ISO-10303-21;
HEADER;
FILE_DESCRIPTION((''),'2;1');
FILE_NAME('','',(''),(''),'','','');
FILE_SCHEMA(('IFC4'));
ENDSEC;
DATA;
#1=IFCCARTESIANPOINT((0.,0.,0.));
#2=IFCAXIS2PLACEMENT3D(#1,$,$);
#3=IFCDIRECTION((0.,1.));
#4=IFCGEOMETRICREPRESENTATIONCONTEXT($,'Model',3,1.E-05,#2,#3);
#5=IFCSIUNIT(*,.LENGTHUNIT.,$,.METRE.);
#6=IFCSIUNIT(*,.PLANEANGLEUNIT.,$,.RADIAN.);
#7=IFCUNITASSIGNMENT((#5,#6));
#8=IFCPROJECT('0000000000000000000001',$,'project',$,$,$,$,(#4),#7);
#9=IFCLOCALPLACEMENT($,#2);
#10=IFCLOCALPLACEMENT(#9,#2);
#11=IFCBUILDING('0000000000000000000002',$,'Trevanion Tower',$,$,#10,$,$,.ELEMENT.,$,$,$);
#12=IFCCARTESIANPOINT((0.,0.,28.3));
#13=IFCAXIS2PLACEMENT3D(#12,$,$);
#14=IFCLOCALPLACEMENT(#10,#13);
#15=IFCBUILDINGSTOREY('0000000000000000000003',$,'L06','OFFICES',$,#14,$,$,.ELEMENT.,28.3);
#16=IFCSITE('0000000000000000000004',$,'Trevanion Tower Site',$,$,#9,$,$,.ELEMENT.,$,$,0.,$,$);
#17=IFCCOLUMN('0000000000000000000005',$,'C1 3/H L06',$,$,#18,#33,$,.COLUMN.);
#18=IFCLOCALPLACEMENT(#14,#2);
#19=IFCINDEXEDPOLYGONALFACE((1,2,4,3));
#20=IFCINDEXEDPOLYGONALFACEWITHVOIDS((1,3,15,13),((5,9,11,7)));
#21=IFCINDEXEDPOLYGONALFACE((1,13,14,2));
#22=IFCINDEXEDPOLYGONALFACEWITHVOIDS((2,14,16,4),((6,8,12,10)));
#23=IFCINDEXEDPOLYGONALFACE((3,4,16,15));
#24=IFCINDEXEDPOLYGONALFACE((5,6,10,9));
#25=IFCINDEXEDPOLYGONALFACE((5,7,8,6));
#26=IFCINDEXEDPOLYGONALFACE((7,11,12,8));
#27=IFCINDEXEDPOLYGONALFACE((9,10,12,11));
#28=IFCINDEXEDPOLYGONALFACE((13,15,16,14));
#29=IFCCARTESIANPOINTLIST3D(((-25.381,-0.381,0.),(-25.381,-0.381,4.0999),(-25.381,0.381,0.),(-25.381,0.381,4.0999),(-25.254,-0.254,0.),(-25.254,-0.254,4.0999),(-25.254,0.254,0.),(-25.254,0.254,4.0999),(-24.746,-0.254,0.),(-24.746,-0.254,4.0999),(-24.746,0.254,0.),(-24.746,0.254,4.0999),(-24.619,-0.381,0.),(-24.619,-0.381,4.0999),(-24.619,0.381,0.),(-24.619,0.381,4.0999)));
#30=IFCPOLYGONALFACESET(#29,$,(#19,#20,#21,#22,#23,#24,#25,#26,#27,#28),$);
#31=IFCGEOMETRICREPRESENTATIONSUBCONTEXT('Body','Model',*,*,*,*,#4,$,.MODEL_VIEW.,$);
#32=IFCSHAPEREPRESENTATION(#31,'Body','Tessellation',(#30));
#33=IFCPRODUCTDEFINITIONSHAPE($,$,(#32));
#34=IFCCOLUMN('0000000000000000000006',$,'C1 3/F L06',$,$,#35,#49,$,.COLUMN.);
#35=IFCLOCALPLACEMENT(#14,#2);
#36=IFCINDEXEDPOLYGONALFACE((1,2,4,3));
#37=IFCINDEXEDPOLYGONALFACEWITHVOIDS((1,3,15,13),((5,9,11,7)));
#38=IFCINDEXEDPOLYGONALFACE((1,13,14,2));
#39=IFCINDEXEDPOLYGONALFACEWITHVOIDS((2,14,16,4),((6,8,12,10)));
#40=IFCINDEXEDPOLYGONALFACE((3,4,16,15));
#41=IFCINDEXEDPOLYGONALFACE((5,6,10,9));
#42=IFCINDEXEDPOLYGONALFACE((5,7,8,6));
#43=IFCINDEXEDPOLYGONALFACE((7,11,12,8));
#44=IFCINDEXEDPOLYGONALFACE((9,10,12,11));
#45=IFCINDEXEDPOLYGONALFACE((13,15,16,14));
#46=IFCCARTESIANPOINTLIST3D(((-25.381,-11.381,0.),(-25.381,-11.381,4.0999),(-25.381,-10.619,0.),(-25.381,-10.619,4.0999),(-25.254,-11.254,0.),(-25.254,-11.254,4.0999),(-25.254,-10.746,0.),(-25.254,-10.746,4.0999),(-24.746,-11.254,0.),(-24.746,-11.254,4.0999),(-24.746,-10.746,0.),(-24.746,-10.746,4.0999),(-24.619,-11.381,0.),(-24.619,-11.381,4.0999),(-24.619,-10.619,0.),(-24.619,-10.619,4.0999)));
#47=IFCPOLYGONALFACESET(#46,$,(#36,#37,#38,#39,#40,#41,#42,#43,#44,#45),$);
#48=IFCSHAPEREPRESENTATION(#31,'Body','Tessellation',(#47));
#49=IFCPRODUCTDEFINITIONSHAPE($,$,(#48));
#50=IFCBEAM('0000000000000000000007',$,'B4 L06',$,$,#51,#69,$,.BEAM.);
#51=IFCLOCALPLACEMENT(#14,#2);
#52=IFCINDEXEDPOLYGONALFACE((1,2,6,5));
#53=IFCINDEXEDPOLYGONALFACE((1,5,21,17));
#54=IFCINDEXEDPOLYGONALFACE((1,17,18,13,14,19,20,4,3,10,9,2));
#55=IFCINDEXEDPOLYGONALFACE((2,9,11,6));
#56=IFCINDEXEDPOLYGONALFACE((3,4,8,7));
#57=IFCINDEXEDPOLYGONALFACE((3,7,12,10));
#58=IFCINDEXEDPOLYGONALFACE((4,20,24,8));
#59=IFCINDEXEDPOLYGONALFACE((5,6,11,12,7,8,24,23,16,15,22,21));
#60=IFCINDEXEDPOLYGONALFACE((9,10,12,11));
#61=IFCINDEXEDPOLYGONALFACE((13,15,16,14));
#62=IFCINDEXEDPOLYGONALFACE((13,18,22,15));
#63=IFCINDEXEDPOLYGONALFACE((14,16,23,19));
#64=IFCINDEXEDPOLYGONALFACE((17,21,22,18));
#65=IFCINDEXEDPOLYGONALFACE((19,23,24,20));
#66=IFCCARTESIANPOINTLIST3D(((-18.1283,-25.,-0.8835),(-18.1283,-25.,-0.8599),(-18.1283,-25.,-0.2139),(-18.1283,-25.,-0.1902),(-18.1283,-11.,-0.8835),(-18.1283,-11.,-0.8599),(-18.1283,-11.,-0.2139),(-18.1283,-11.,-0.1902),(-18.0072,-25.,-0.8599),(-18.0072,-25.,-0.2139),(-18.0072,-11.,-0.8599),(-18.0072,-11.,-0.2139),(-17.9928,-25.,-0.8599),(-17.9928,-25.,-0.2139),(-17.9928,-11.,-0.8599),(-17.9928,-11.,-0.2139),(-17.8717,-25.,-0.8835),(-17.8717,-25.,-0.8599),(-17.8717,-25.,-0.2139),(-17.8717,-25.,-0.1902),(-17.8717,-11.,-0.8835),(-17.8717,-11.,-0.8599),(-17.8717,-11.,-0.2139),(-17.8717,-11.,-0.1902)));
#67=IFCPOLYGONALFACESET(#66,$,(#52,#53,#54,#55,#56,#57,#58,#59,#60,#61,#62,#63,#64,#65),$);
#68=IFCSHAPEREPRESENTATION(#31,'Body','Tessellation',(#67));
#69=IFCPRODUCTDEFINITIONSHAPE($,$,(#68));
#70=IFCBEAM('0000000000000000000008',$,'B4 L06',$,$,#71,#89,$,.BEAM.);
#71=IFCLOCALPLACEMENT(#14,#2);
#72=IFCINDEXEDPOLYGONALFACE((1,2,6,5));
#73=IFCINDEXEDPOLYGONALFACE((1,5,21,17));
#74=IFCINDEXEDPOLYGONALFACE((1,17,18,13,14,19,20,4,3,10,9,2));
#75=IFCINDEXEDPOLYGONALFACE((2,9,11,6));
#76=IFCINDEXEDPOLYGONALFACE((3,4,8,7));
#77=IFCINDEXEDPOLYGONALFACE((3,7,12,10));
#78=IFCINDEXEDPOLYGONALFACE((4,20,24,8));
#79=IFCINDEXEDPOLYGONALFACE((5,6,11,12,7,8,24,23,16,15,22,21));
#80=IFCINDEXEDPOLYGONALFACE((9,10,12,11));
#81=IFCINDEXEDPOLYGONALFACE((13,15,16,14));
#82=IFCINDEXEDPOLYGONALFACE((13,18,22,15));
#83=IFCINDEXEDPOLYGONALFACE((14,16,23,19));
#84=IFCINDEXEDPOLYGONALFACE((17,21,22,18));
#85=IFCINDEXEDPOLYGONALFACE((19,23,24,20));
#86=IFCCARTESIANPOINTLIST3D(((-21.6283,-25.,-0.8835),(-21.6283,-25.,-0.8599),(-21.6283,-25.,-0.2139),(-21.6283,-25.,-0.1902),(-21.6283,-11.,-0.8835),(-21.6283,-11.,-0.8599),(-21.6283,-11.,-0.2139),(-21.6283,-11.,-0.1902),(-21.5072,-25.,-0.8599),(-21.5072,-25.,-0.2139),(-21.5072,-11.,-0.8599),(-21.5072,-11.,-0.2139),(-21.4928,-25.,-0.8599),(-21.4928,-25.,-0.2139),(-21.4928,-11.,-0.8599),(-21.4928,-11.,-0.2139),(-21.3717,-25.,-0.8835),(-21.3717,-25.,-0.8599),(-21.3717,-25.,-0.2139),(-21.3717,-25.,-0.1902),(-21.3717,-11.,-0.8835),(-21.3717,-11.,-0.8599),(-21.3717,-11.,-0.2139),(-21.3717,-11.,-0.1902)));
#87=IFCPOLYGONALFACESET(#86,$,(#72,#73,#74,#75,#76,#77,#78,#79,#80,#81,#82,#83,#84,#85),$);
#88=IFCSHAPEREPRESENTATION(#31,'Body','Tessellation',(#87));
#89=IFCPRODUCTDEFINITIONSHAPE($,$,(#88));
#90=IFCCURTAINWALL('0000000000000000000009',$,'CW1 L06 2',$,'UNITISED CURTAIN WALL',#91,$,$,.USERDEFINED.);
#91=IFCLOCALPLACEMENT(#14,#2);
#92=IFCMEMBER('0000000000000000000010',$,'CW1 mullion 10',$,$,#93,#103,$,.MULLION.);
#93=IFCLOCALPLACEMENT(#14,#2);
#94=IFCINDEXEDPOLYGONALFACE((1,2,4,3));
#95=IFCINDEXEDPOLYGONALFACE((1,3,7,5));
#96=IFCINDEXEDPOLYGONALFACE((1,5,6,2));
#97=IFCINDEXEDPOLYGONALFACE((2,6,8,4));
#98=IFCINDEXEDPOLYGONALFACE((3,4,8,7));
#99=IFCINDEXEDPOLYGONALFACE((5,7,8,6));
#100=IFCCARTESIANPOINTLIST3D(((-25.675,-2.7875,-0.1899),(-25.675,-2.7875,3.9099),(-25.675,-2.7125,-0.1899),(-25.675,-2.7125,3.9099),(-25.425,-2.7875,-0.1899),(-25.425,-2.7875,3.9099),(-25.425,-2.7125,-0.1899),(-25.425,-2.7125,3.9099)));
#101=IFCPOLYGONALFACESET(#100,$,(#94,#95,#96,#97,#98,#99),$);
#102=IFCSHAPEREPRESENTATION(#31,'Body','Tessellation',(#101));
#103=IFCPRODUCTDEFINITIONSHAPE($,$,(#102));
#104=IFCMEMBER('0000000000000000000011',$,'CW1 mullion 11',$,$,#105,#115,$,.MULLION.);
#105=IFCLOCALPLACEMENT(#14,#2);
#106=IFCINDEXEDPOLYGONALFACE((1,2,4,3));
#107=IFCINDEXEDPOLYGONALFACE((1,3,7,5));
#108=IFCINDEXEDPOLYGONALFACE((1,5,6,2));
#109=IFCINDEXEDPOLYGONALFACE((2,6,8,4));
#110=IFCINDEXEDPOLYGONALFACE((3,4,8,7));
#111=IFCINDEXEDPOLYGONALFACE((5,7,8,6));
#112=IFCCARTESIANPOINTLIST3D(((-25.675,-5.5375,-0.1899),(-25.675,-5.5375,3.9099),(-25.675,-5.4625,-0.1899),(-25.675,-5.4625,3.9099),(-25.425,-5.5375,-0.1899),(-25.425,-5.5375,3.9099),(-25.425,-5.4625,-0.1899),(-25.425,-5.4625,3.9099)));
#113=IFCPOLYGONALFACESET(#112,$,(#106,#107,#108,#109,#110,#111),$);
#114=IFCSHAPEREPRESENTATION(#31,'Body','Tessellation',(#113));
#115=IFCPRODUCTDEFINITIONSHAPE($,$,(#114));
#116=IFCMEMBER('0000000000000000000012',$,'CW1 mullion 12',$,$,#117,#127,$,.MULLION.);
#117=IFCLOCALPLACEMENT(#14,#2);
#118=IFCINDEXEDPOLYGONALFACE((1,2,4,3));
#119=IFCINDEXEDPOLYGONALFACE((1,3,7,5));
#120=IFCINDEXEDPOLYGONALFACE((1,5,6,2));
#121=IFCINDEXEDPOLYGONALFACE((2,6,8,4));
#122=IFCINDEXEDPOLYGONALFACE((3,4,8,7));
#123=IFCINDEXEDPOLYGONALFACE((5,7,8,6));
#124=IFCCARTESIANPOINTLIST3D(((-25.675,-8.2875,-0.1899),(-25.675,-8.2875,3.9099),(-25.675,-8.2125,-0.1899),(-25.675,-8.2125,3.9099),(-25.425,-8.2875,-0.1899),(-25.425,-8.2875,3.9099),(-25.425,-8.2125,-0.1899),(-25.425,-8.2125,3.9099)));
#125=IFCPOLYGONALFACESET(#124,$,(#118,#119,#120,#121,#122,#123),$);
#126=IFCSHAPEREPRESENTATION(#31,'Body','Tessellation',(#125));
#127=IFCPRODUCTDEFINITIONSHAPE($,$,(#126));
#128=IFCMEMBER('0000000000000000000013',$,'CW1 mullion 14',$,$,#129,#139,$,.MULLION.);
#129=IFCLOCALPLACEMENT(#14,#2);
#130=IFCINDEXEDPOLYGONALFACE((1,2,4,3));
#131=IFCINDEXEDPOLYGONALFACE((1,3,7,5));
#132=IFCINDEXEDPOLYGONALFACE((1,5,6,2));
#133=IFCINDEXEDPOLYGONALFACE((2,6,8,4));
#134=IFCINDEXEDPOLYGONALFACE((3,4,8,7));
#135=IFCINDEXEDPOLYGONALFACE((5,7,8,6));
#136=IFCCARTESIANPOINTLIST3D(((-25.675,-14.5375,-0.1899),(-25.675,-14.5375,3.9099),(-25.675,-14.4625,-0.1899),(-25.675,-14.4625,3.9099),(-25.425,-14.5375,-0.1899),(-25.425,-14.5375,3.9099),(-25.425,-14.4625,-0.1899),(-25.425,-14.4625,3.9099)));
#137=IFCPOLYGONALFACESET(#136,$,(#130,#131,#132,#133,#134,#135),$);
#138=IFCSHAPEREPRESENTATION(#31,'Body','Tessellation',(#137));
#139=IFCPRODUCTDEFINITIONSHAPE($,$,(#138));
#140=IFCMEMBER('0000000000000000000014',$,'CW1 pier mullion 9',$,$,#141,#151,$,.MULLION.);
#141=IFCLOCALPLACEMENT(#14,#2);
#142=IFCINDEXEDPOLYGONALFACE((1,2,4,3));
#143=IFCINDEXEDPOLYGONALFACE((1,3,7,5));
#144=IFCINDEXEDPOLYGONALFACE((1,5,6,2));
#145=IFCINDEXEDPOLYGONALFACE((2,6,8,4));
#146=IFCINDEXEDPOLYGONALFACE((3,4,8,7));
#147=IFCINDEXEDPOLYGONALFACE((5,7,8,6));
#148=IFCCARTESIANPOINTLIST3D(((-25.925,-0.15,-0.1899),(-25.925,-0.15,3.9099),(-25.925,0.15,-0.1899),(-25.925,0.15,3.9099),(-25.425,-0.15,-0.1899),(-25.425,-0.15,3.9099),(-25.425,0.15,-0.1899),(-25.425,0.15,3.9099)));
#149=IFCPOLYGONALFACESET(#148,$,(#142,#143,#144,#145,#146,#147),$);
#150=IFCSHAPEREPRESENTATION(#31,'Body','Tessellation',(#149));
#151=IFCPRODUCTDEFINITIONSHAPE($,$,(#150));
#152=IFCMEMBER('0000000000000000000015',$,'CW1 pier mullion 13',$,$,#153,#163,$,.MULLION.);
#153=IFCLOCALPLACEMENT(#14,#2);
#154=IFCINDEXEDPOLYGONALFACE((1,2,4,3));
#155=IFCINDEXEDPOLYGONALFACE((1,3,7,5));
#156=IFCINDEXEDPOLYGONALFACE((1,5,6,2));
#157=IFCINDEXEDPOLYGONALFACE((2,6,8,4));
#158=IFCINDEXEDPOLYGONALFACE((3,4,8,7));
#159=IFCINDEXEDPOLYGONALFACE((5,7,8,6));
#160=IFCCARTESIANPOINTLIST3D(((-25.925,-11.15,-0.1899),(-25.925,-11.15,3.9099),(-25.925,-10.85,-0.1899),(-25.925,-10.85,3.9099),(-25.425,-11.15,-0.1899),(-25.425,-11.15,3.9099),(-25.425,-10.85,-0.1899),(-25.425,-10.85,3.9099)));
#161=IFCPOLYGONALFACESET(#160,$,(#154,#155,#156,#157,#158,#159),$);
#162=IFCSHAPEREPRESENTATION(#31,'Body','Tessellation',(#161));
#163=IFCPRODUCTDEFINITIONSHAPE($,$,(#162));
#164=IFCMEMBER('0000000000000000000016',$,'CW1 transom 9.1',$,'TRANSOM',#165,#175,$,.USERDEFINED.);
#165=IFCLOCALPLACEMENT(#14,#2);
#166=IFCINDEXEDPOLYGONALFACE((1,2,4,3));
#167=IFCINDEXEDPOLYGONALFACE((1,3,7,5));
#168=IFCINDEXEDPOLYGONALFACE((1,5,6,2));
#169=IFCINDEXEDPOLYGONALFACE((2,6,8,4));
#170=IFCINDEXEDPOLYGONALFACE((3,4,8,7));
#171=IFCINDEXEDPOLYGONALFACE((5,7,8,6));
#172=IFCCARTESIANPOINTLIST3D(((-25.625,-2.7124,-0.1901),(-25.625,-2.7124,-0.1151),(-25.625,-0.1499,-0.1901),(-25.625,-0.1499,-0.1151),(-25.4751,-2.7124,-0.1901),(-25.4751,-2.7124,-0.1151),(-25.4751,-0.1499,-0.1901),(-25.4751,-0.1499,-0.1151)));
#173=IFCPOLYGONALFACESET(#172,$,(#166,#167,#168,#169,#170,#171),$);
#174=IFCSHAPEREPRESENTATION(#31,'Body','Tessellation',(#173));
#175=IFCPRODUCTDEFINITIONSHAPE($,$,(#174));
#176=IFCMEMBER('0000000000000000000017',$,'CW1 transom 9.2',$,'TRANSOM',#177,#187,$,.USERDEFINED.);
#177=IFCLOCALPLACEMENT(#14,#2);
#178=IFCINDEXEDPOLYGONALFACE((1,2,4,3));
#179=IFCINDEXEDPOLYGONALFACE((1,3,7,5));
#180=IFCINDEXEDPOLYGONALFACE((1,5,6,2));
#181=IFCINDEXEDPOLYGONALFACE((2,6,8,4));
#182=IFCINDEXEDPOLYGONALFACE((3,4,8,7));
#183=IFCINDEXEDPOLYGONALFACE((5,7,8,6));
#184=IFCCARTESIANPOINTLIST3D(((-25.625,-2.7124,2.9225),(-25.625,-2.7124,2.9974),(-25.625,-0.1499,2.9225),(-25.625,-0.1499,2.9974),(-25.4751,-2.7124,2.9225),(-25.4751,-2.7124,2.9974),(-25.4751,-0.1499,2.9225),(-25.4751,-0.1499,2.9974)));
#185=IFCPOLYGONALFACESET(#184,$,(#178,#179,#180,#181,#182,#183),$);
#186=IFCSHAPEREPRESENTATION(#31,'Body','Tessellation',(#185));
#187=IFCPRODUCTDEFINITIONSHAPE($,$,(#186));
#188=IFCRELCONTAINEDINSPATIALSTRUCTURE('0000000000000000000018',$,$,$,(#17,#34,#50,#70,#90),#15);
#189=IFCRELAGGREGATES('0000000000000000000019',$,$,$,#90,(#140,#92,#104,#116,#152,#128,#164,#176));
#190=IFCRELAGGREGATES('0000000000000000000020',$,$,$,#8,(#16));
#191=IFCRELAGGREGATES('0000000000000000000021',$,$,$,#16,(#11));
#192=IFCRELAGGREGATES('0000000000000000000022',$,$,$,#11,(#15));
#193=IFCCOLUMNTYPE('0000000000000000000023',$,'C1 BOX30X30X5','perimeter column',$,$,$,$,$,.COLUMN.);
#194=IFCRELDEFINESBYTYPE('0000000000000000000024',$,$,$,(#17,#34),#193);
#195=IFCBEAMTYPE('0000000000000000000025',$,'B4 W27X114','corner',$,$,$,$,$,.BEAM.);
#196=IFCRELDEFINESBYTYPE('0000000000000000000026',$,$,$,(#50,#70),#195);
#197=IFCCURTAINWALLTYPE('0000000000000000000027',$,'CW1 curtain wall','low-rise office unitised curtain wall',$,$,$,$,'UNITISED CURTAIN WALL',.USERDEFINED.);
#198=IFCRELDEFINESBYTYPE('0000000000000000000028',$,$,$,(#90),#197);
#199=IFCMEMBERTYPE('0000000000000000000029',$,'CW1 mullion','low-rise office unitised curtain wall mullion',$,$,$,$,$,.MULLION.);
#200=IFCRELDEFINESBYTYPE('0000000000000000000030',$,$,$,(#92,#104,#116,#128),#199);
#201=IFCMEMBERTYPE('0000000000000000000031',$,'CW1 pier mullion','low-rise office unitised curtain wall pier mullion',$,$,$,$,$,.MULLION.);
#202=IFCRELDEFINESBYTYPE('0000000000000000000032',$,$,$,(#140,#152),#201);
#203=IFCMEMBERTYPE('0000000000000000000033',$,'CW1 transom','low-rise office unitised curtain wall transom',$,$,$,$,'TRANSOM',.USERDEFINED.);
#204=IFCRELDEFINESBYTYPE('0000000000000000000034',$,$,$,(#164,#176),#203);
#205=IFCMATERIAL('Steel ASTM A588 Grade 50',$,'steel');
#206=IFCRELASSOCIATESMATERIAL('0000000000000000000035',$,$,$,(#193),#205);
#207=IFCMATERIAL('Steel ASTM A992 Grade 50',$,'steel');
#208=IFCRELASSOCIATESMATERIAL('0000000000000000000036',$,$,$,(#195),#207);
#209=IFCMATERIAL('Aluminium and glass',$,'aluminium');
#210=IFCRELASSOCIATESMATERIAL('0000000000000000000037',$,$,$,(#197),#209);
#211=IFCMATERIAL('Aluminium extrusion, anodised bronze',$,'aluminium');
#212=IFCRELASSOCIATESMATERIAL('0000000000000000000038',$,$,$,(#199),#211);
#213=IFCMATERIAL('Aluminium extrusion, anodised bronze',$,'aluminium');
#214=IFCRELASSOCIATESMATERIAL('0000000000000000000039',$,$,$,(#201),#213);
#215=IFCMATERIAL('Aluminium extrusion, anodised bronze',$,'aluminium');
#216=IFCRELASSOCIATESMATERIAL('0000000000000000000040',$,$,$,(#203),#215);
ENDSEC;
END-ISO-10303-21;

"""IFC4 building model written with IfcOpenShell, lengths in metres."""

from ifc_helpers import new_model, si_unit, direction, frame, origin, origin_2d, place, context, subcontext, project, spatial, rectangle, hollow_rectangle, i_section, extrude, material, material_profile, profile_set, type_object, element, aggregate, save


model = new_model("IFC4")

# Units and contexts
model_context = context("Model", 3, precision=1e-05, world=origin(), true_north=direction((0.0, 1.0)))
body_context = subcontext(model_context, "Body", "Model", "MODEL_VIEW")
ifc_project = project(units=[si_unit("LENGTHUNIT", "METRE"), si_unit("PLANEANGLEUNIT", "RADIAN")], contexts=[model_context])

# Site, building, storey
site_placement = place(None, origin())
site = spatial("IfcSite", under=ifc_project, at=site_placement, Name="Trevanion Tower Site", CompositionType="ELEMENT", RefElevation=0.0)
building_placement = place(site_placement, origin())
building = spatial("IfcBuilding", under=site, at=building_placement, Name="Trevanion Tower", CompositionType="ELEMENT")
storey_placement = place(building_placement, frame((0.0, 0.0, 28.3)))
storey = spatial("IfcBuildingStorey", under=building, at=storey_placement, Name="L06", Description="OFFICES", CompositionType="ELEMENT", Elevation=28.3)

# Columns
ifc_material_1 = material(Name="Steel ASTM A588 Grade 50", Category="steel")
ifc_material_profile_1 = material_profile(ifc_material_1, hollow_rectangle(XDim=0.762, YDim=0.762, WallThickness=0.127, at=origin_2d()), Name="BOX30X30X5")
ifc_profile_set_1 = profile_set([ifc_material_profile_1], Name="Steel ASTM A588 Grade 50")
column_type = type_object("IfcColumnType", Name="C1 BOX30X30X5", Description="perimeter column", PredefinedType="COLUMN", material=ifc_profile_set_1)
for number, where, z_axis, x_axis, name in (
    (1, (-25.0, 0.0, 0.0), (0.0, 0.0, 1.0), (0.0, 1.0, 0.0), "C1 3/H L06"),
    (2, (-25.0, -11.0, 0.0), (0.0, 0.0, 1.0), (0.0, 1.0, 0.0), "C1 3/F L06"),
):
    element("IfcColumn", number, at=place(storey_placement, frame(where, z_axis=z_axis, x_axis=x_axis)), inside=storey, type_object=column_type, Name=name, PredefinedType="COLUMN", context=body_context, shape_type="SweptSolid", body=[
        extrude(hollow_rectangle(XDim=0.762, YDim=0.762, WallThickness=0.127, at=origin_2d()), origin(), (0.0, 0.0, 1.0), 4.0999),
    ])

# Beams
ifc_material_2 = material(Name="Steel ASTM A992 Grade 50", Category="steel")
ifc_material_profile_2 = material_profile(ifc_material_2, i_section(OverallWidth=0.2566, OverallDepth=0.6934, WebThickness=0.0144, FlangeThickness=0.0237, at=origin_2d()), Name="W27X114")
ifc_profile_set_2 = profile_set([ifc_material_profile_2], Name="Steel ASTM A992 Grade 50")
beam_type_1 = type_object("IfcBeamType", Name="B4 W27X114", Description="corner", PredefinedType="BEAM", material=ifc_profile_set_2)
for number, where, z_axis, x_axis, name in (
    (3, (-18.0, -11.0, -0.5369), (0.0, -1.0, 0.0), (1.0, 0.0, 0.0), "B4 L06"),
    (4, (-21.5, -11.0, -0.5369), (0.0, -1.0, 0.0), (1.0, 0.0, 0.0), "B4 L06"),
):
    element("IfcBeam", number, at=place(storey_placement, frame(where, z_axis=z_axis, x_axis=x_axis)), inside=storey, type_object=beam_type_1, Name=name, PredefinedType="BEAM", context=body_context, shape_type="SweptSolid", body=[
        extrude(i_section(OverallWidth=0.2566, OverallDepth=0.6934, WebThickness=0.0144, FlangeThickness=0.0237, at=origin_2d()), origin(), (0.0, 0.0, 1.0), 14.0),
    ])

# Curtain wall, members
ifc_material_3 = material(Name="Aluminium and glass", Category="aluminium")
curtain_wall_type = type_object("IfcCurtainWallType", Name="CW1 curtain wall", Description="low-rise office unitised curtain wall", ElementType="UNITISED CURTAIN WALL", PredefinedType="USERDEFINED", material=ifc_material_3)
curtain_wall_placement = place(storey_placement, origin())
curtain_wall = element("IfcCurtainWall", 5, at=curtain_wall_placement, inside=storey, type_object=curtain_wall_type, Name="CW1 L06 2", ObjectType="UNITISED CURTAIN WALL", PredefinedType="USERDEFINED")
ifc_material_4 = material(Name="Aluminium extrusion, anodised bronze", Category="aluminium")
ifc_material_profile_3 = material_profile(ifc_material_4, rectangle(XDim=0.075, YDim=0.25, at=origin_2d()), Name="CW1 mullion")
ifc_profile_set_3 = profile_set([ifc_material_profile_3], Name="Aluminium extrusion, anodised bronze")
member_type_1 = type_object("IfcMemberType", Name="CW1 mullion", Description="low-rise office unitised curtain wall mullion", PredefinedType="MULLION", material=ifc_profile_set_3)
member_1_placement = place(storey_placement, frame((-25.55, -2.75, -0.1899), z_axis=(0.0, 0.0, 1.0), x_axis=(0.0, -1.0, 0.0)))
member_1 = element("IfcMember", 6, at=member_1_placement, type_object=member_type_1, Name="CW1 mullion 10", PredefinedType="MULLION", context=body_context, shape_type="SweptSolid", body=[
    extrude(rectangle(XDim=0.075, YDim=0.25, at=origin_2d()), origin(), (0.0, 0.0, 1.0), 4.0999),
])
member_2_placement = place(storey_placement, frame((-25.55, -5.5, -0.1899), z_axis=(0.0, 0.0, 1.0), x_axis=(0.0, -1.0, 0.0)))
member_2 = element("IfcMember", 7, at=member_2_placement, type_object=member_type_1, Name="CW1 mullion 11", PredefinedType="MULLION", context=body_context, shape_type="SweptSolid", body=[
    extrude(rectangle(XDim=0.075, YDim=0.25, at=origin_2d()), origin(), (0.0, 0.0, 1.0), 4.0999),
])
member_3_placement = place(storey_placement, frame((-25.55, -8.25, -0.1899), z_axis=(0.0, 0.0, 1.0), x_axis=(0.0, -1.0, 0.0)))
member_3 = element("IfcMember", 8, at=member_3_placement, type_object=member_type_1, Name="CW1 mullion 12", PredefinedType="MULLION", context=body_context, shape_type="SweptSolid", body=[
    extrude(rectangle(XDim=0.075, YDim=0.25, at=origin_2d()), origin(), (0.0, 0.0, 1.0), 4.0999),
])
member_4_placement = place(storey_placement, frame((-25.55, -14.5, -0.1899), z_axis=(0.0, 0.0, 1.0), x_axis=(0.0, -1.0, 0.0)))
member_4 = element("IfcMember", 9, at=member_4_placement, type_object=member_type_1, Name="CW1 mullion 14", PredefinedType="MULLION", context=body_context, shape_type="SweptSolid", body=[
    extrude(rectangle(XDim=0.075, YDim=0.25, at=origin_2d()), origin(), (0.0, 0.0, 1.0), 4.0999),
])
ifc_material_5 = material(Name="Aluminium extrusion, anodised bronze", Category="aluminium")
ifc_material_profile_4 = material_profile(ifc_material_5, rectangle(XDim=0.3, YDim=0.5, at=origin_2d()), Name="CW1 pier mullion")
ifc_profile_set_4 = profile_set([ifc_material_profile_4], Name="Aluminium extrusion, anodised bronze")
member_type_2 = type_object("IfcMemberType", Name="CW1 pier mullion", Description="low-rise office unitised curtain wall pier mullion", PredefinedType="MULLION", material=ifc_profile_set_4)
member_5_placement = place(storey_placement, frame((-25.675, 0.0, -0.1899), z_axis=(0.0, 0.0, 1.0), x_axis=(0.0, -1.0, 0.0)))
member_5 = element("IfcMember", 10, at=member_5_placement, type_object=member_type_2, Name="CW1 pier mullion 9", PredefinedType="MULLION", context=body_context, shape_type="SweptSolid", body=[
    extrude(rectangle(XDim=0.3, YDim=0.5, at=origin_2d()), origin(), (0.0, 0.0, 1.0), 4.0999),
])
member_6_placement = place(storey_placement, frame((-25.675, -11.0, -0.1899), z_axis=(0.0, 0.0, 1.0), x_axis=(0.0, -1.0, 0.0)))
member_6 = element("IfcMember", 11, at=member_6_placement, type_object=member_type_2, Name="CW1 pier mullion 13", PredefinedType="MULLION", context=body_context, shape_type="SweptSolid", body=[
    extrude(rectangle(XDim=0.3, YDim=0.5, at=origin_2d()), origin(), (0.0, 0.0, 1.0), 4.0999),
])
ifc_material_6 = material(Name="Aluminium extrusion, anodised bronze", Category="aluminium")
ifc_material_profile_5 = material_profile(ifc_material_6, rectangle(XDim=0.1499, YDim=0.075, at=origin_2d()), Name="CW1 transom")
ifc_profile_set_5 = profile_set([ifc_material_profile_5], Name="Aluminium extrusion, anodised bronze")
member_type_3 = type_object("IfcMemberType", Name="CW1 transom", Description="low-rise office unitised curtain wall transom", ElementType="TRANSOM", PredefinedType="USERDEFINED", material=ifc_profile_set_5)
member_7_placement = place(storey_placement, frame((-25.55, -0.1499, -0.1526), z_axis=(0.0, -1.0, 0.0), x_axis=(1.0, 0.0, 0.0)))
member_7 = element("IfcMember", 12, at=member_7_placement, type_object=member_type_3, Name="CW1 transom 9.1", ObjectType="TRANSOM", PredefinedType="USERDEFINED", context=body_context, shape_type="SweptSolid", body=[
    extrude(rectangle(XDim=0.1499, YDim=0.075, at=origin_2d()), origin(), (0.0, 0.0, 1.0), 2.5625),
])
member_8_placement = place(storey_placement, frame((-25.55, -0.1499, 2.96), z_axis=(0.0, -1.0, 0.0), x_axis=(1.0, 0.0, 0.0)))
member_8 = element("IfcMember", 13, at=member_8_placement, type_object=member_type_3, Name="CW1 transom 9.2", ObjectType="TRANSOM", PredefinedType="USERDEFINED", context=body_context, shape_type="SweptSolid", body=[
    extrude(rectangle(XDim=0.1499, YDim=0.075, at=origin_2d()), origin(), (0.0, 0.0, 1.0), 2.5625),
])

aggregate(curtain_wall, [member_5, member_1, member_2, member_3, member_6, member_4, member_7, member_8])

save(model, "model.ifc")
